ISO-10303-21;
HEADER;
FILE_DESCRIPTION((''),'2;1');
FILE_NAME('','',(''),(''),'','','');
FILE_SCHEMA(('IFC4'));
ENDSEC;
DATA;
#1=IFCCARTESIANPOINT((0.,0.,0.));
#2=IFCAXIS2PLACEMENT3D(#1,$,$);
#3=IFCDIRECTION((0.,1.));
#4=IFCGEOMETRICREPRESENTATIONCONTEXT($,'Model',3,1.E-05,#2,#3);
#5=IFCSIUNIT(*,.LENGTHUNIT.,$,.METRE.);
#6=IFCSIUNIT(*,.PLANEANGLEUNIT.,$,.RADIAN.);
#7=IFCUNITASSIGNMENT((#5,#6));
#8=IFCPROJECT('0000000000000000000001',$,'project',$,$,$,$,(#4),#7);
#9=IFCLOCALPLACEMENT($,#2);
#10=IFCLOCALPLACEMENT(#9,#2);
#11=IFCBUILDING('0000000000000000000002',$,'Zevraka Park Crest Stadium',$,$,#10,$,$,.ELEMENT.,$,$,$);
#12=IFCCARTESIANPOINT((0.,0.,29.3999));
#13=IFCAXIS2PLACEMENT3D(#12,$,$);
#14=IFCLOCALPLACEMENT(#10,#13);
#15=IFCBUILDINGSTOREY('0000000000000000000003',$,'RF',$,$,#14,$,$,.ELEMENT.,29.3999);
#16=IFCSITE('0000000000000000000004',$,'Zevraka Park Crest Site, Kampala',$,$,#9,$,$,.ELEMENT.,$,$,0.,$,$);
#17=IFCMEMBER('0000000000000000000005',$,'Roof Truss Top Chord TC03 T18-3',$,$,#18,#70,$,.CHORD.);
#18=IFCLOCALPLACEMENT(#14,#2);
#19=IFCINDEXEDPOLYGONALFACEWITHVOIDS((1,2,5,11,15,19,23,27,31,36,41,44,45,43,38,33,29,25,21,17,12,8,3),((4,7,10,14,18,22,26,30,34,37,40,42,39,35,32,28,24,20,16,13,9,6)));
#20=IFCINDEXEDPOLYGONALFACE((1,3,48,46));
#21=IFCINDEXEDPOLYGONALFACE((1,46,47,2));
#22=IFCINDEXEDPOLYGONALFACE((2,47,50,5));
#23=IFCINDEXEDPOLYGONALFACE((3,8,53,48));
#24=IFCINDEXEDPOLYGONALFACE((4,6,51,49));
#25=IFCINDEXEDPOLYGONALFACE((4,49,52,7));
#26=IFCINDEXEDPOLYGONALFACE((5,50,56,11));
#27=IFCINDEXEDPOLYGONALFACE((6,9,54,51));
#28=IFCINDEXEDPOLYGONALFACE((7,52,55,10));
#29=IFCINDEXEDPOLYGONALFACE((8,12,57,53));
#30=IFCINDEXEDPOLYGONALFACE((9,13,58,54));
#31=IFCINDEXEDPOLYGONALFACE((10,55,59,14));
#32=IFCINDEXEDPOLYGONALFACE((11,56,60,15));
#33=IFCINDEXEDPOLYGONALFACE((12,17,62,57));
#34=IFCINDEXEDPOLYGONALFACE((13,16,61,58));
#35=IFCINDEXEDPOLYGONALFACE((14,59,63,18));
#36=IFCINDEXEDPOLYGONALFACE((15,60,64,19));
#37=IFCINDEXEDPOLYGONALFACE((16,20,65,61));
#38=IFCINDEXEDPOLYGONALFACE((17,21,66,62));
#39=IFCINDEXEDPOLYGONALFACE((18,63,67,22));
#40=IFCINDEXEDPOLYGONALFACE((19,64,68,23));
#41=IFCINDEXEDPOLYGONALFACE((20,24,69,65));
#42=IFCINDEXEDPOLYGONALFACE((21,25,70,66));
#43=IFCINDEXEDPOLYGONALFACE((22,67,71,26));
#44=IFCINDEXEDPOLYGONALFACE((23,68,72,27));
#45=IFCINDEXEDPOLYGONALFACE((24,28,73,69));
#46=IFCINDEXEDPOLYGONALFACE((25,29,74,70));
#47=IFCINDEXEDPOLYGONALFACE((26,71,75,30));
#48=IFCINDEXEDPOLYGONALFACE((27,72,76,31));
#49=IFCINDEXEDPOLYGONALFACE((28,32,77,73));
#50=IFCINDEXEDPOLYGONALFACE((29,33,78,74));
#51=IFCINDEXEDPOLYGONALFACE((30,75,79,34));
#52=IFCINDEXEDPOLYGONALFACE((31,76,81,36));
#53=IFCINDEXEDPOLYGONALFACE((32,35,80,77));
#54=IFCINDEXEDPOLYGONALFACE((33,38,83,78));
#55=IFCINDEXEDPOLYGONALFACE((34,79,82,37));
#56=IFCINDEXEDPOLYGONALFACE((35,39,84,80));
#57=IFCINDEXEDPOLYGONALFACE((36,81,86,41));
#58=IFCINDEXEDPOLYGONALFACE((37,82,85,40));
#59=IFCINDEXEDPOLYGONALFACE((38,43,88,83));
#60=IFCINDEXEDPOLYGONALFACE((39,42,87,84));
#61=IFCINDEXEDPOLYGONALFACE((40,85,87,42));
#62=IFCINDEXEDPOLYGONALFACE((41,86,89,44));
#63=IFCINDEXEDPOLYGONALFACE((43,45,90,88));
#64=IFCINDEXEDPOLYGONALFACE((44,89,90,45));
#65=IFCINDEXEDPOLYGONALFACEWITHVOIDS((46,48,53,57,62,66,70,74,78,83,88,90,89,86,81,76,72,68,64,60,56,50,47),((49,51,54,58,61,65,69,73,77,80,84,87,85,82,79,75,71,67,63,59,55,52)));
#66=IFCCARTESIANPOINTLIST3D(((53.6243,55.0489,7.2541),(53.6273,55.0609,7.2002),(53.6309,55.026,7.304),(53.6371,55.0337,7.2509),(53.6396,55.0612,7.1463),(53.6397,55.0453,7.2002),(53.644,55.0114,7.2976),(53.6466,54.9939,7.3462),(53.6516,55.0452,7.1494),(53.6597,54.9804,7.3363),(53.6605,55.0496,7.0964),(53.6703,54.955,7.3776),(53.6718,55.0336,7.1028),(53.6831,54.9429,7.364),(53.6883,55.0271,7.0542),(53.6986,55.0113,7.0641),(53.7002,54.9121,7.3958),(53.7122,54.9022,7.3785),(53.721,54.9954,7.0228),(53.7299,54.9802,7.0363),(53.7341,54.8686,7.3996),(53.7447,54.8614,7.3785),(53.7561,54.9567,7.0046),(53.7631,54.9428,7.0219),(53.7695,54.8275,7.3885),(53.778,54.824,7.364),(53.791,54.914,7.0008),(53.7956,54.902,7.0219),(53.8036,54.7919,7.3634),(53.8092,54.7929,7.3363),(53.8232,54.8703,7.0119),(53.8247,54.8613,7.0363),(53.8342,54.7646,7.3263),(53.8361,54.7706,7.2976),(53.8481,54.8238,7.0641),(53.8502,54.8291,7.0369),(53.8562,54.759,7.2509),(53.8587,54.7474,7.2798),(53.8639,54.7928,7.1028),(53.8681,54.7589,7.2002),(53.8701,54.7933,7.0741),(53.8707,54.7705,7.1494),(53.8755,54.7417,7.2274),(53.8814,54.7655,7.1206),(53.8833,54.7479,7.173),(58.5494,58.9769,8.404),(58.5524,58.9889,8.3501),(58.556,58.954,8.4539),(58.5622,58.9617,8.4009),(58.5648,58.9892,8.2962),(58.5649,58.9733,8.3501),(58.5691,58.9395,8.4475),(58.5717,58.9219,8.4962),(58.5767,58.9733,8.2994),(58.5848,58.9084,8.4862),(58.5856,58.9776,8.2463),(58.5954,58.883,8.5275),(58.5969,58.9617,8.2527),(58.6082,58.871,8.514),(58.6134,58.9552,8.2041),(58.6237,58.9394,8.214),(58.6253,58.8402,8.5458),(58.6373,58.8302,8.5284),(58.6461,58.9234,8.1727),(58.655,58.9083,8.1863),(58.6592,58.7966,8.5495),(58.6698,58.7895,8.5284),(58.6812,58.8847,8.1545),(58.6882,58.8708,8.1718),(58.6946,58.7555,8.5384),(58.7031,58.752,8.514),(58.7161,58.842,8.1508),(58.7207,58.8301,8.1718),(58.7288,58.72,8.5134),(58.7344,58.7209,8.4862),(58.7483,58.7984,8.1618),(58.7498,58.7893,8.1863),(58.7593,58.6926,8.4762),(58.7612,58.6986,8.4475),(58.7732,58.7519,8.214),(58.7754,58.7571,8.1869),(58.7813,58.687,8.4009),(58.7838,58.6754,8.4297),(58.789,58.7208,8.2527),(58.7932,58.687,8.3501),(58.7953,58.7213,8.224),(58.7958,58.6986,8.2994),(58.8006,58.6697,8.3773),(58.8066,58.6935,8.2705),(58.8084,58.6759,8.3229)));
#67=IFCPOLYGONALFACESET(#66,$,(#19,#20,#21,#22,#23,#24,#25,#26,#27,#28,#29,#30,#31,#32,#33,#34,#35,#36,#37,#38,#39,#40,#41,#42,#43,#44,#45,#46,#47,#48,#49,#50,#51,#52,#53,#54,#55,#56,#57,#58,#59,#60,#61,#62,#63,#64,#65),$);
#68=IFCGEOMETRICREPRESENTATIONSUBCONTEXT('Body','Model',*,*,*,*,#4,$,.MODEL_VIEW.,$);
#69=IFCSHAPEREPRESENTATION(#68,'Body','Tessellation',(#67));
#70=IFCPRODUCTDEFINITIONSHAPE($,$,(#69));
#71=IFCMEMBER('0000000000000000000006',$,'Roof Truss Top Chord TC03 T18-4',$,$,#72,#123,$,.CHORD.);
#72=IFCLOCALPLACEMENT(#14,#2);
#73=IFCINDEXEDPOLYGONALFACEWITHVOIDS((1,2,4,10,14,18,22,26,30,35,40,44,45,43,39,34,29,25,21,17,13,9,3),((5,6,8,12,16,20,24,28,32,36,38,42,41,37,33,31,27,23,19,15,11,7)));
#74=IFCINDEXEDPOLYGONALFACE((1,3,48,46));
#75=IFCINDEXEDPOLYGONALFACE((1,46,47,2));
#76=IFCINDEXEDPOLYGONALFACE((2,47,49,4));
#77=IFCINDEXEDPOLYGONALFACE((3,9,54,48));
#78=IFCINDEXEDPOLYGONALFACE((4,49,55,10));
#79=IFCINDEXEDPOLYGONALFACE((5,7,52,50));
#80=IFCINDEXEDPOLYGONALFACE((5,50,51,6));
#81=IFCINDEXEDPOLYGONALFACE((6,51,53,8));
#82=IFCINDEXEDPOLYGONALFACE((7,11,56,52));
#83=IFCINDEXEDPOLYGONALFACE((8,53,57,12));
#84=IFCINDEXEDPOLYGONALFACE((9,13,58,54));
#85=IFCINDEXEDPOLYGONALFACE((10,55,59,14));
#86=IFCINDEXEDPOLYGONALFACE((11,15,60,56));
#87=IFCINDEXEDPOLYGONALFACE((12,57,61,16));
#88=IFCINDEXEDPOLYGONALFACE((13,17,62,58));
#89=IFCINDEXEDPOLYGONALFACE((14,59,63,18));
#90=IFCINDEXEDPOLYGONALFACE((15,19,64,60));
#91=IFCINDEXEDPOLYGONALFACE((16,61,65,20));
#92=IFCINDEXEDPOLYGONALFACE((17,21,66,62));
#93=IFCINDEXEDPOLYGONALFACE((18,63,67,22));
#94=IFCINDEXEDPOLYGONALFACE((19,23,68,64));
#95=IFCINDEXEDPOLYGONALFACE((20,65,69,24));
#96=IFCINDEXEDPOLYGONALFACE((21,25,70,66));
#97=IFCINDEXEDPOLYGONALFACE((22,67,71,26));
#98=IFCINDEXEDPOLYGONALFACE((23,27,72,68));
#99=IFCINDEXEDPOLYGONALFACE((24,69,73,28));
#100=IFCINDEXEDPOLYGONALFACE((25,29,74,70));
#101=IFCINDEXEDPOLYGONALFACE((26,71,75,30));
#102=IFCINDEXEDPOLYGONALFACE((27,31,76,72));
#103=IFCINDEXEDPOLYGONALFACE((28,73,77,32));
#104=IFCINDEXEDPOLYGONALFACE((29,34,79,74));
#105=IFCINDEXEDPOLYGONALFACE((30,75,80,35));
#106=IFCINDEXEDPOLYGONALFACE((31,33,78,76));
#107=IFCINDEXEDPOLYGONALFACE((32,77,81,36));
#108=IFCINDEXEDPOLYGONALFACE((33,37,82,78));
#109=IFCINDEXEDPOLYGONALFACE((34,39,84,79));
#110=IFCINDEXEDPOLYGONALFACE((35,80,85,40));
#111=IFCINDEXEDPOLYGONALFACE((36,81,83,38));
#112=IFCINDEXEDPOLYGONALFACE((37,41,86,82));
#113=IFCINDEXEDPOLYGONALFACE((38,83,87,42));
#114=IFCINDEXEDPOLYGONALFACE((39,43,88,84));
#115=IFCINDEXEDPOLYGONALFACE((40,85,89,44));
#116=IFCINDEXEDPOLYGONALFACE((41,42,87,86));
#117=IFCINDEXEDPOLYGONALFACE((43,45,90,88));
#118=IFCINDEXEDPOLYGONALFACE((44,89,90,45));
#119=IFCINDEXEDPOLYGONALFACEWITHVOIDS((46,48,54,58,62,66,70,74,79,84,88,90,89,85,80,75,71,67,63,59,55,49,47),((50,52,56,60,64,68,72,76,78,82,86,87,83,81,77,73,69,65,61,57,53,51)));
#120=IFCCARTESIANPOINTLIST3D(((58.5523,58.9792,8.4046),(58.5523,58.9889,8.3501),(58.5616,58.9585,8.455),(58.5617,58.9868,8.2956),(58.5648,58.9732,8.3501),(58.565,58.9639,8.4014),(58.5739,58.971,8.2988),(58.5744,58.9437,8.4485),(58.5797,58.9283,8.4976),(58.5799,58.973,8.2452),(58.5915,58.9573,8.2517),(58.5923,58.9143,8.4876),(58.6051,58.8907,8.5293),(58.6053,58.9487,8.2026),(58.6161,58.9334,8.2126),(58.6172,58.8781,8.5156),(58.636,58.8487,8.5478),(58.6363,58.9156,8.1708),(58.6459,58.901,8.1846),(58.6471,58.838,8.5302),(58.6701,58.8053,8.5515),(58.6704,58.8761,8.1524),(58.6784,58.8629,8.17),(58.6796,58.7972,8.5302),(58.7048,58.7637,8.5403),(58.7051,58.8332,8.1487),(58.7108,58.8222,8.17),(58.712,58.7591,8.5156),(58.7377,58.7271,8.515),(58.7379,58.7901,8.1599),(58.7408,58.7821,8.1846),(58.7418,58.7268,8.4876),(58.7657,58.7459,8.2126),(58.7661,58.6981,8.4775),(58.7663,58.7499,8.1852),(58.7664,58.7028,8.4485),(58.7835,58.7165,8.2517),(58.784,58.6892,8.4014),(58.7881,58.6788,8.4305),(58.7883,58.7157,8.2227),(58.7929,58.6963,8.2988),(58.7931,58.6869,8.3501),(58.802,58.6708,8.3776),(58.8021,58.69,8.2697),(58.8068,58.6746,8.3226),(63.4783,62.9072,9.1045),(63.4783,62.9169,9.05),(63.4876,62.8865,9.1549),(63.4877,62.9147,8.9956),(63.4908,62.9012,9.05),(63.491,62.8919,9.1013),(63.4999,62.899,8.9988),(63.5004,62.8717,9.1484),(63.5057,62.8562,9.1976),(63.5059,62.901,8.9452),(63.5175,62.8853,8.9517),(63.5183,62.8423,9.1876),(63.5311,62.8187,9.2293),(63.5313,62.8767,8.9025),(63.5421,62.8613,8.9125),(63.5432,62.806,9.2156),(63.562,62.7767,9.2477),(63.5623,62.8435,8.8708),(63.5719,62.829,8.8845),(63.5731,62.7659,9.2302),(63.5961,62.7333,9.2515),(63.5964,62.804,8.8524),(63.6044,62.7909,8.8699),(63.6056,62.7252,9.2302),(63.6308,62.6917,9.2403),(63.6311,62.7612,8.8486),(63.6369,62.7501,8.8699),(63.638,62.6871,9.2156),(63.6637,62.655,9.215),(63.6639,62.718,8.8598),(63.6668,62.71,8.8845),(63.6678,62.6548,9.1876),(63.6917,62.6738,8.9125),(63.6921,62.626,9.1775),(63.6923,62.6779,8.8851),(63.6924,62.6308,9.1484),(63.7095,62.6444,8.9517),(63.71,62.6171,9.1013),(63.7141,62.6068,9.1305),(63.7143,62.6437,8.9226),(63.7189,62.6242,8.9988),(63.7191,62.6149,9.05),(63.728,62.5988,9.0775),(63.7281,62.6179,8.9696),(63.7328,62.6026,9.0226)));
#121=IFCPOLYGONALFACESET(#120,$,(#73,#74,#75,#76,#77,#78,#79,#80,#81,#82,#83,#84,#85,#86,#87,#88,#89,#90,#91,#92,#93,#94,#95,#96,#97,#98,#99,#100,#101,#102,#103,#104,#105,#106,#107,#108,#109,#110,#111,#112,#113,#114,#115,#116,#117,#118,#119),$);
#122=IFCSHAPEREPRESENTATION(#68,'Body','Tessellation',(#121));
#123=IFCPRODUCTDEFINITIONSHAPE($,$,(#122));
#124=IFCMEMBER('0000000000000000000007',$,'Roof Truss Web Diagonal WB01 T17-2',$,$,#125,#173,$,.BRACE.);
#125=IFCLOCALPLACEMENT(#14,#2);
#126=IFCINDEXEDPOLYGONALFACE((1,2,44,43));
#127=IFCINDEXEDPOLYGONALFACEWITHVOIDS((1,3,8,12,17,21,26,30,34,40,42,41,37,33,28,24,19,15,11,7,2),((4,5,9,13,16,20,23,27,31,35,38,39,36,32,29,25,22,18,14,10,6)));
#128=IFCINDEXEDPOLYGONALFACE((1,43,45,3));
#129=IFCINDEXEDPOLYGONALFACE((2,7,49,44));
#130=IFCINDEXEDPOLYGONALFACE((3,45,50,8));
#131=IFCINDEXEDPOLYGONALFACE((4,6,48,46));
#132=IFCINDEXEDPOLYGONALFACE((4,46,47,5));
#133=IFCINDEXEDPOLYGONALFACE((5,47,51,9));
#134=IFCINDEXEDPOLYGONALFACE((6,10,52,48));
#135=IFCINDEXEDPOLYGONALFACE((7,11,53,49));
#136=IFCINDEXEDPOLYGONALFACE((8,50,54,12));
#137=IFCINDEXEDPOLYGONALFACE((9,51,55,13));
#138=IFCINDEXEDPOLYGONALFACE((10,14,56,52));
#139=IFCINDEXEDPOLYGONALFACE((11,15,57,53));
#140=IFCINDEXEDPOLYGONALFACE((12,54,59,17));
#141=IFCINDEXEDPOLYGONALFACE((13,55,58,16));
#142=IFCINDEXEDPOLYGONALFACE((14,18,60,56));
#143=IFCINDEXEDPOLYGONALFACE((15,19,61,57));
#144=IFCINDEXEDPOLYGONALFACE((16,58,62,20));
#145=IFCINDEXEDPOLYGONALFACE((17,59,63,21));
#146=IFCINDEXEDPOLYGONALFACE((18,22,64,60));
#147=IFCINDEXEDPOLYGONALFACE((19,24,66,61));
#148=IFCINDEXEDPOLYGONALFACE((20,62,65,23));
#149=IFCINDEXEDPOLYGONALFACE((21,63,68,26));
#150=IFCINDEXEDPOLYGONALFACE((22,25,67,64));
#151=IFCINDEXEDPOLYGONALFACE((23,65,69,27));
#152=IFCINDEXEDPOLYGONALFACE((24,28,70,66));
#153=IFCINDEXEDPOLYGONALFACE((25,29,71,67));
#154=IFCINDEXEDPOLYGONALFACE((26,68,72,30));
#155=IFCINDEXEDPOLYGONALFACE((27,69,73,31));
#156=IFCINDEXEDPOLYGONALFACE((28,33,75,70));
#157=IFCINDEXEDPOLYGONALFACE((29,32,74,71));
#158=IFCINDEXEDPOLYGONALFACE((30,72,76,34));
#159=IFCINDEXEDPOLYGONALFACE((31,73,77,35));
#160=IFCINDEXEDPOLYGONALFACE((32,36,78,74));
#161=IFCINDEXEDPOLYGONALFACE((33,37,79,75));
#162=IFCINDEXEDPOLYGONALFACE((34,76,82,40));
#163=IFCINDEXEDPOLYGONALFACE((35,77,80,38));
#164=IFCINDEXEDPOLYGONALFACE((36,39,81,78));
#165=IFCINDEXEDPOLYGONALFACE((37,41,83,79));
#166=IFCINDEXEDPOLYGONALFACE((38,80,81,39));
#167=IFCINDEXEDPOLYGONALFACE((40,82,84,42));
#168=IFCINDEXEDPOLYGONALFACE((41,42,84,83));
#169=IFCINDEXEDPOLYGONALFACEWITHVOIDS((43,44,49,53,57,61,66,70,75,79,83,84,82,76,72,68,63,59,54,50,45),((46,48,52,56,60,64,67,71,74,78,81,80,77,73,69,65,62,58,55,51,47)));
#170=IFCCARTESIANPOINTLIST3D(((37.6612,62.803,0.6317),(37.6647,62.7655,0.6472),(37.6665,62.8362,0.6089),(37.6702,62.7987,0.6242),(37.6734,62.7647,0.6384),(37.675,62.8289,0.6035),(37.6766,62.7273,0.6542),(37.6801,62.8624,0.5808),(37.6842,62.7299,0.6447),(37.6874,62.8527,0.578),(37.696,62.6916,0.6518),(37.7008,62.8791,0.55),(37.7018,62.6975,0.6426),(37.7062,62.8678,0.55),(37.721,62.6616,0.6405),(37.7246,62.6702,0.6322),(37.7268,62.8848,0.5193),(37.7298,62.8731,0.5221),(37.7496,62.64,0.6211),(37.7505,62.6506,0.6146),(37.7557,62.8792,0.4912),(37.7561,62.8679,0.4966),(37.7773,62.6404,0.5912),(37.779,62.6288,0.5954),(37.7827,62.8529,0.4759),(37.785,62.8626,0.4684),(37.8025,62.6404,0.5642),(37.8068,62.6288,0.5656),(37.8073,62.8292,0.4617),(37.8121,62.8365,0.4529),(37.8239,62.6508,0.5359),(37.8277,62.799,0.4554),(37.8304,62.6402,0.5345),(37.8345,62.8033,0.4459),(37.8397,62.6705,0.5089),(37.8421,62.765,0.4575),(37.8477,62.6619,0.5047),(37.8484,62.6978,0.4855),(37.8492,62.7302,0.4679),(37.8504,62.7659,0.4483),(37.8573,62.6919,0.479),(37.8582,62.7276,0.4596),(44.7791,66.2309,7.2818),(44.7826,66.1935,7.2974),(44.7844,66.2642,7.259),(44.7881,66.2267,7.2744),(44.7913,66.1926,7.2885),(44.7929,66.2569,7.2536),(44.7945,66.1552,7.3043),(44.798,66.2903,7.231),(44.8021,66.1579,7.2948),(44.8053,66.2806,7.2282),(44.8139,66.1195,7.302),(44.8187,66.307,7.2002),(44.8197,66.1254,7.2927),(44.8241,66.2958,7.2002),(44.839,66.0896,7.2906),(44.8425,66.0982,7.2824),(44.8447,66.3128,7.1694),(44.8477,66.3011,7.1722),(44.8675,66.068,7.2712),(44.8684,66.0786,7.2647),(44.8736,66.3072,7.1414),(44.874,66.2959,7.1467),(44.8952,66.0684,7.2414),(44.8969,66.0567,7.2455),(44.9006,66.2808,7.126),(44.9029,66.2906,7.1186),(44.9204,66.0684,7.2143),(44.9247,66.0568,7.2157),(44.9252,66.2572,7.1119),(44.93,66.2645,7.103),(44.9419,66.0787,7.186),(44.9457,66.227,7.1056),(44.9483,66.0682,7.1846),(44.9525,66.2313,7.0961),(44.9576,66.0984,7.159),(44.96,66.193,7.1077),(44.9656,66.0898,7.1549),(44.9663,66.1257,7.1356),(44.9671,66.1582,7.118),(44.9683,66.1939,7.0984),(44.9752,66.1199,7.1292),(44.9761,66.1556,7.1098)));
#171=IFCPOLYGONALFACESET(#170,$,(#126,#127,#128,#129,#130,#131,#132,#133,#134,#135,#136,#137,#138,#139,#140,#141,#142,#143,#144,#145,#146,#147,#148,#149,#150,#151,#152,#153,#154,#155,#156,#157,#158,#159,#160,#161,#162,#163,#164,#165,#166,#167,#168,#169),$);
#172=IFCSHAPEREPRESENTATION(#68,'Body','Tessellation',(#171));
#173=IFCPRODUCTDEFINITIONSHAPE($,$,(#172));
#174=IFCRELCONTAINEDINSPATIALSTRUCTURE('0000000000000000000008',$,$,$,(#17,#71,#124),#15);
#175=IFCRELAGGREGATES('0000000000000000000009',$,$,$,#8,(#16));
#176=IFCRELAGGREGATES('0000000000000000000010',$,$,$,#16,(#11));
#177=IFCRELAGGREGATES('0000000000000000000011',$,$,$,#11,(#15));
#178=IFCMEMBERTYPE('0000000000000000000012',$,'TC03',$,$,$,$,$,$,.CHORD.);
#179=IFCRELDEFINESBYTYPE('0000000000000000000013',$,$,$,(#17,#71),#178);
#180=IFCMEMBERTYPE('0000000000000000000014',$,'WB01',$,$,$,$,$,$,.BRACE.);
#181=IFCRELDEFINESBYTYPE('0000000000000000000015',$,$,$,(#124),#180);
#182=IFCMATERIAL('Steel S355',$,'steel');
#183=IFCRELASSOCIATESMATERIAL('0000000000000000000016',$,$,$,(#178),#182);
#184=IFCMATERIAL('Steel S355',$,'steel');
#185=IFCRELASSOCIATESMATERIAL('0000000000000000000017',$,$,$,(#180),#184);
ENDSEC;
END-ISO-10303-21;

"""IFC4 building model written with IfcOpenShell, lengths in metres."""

from ifc_helpers import new_model, si_unit, direction, frame, origin, origin_2d, place, context, subcontext, project, spatial, hollow_circle, extrude, material, material_profile, profile_set, type_object, element, save


model = new_model("IFC4")

# Units and contexts
model_context = context("Model", 3, precision=1e-05, world=origin(), true_north=direction((0.0, 1.0)))
body_context = subcontext(model_context, "Body", "Model", "MODEL_VIEW")
ifc_project = project(units=[si_unit("LENGTHUNIT", "METRE"), si_unit("PLANEANGLEUNIT", "RADIAN")], contexts=[model_context])

# Site, building, storey
site_placement = place(None, origin())
site = spatial("IfcSite", under=ifc_project, at=site_placement, Name="Zevraka Park Crest Site, Kampala", CompositionType="ELEMENT", RefElevation=0.0)
building_placement = place(site_placement, origin())
building = spatial("IfcBuilding", under=site, at=building_placement, Name="Zevraka Park Crest Stadium", CompositionType="ELEMENT")
storey_placement = place(building_placement, frame((0.0, 0.0, 29.3999)))
storey = spatial("IfcBuildingStorey", under=building, at=storey_placement, Name="RF", CompositionType="ELEMENT", Elevation=29.3999)

# Members
ifc_material_1 = material(Name="Steel S355", Category="steel")
ifc_material_profile_1 = material_profile(ifc_material_1, hollow_circle(Radius=0.2031, WallThickness=0.02, at=origin_2d()), Name="CHS 406.4x20")
ifc_profile_set_1 = profile_set([ifc_material_profile_1], Name="Steel S355")
member_type_1 = type_object("IfcMemberType", Name="TC03", PredefinedType="CHORD", material=ifc_profile_set_1)
for number, where, z_axis, x_axis, name in (
    (1, (53.7539, 54.9021, 7.2002), (0.769094, 0.613392, 0.179568), (-0.623527, 0.781802, 0.0), "Roof Truss Top Chord TC03 T18-3"),
):
    element("IfcMember", number, at=place(storey_placement, frame(where, z_axis=z_axis, x_axis=x_axis)), inside=storey, type_object=member_type_1, Name=name, PredefinedType="CHORD", context=body_context, shape_type="SweptSolid", body=[
        extrude(hollow_circle(Radius=0.2031, WallThickness=0.02, at=origin_2d()), origin(), (0.0, 0.0, 1.0), 6.4038),
    ])
member_1_placement = place(storey_placement, frame((58.679, 58.8301, 8.3501), z_axis=(0.777081, 0.619639, 0.110417), x_axis=(-0.623451, 0.781862, 0.0)))
element("IfcMember", 2, at=member_1_placement, inside=storey, type_object=member_type_1, Name="Roof Truss Top Chord TC03 T18-4", PredefinedType="CHORD", context=body_context, shape_type="SweptSolid", body=[
    extrude(hollow_circle(Radius=0.2031, WallThickness=0.02, at=origin_2d()), origin(), (0.0, 0.0, 1.0), 6.3391),
])
ifc_material_2 = material(Name="Steel S355", Category="steel")
ifc_material_profile_2 = material_profile(ifc_material_2, hollow_circle(Radius=0.1365, WallThickness=0.0125, at=origin_2d()), Name="CHS 273.0x12.5")
ifc_profile_set_2 = profile_set([ifc_material_profile_2], Name="Steel S355")
member_type_2 = type_object("IfcMemberType", Name="WB01", PredefinedType="BRACE", material=ifc_profile_set_2)
member_2_placement = place(storey_placement, frame((37.76, 62.7561, 0.55), z_axis=(0.689275, 0.331954, 0.643977), x_axis=(-0.433901, 0.900961, 0.0)))
element("IfcMember", 3, at=member_2_placement, inside=storey, type_object=member_type_2, Name="Roof Truss Web Diagonal WB01 T17-2", PredefinedType="BRACE", context=body_context, shape_type="SweptSolid", body=[
    extrude(hollow_circle(Radius=0.1365, WallThickness=0.0125, at=origin_2d()), origin(), (0.0, 0.0, 1.0), 10.3267),
])

save(model, "model.ifc")
